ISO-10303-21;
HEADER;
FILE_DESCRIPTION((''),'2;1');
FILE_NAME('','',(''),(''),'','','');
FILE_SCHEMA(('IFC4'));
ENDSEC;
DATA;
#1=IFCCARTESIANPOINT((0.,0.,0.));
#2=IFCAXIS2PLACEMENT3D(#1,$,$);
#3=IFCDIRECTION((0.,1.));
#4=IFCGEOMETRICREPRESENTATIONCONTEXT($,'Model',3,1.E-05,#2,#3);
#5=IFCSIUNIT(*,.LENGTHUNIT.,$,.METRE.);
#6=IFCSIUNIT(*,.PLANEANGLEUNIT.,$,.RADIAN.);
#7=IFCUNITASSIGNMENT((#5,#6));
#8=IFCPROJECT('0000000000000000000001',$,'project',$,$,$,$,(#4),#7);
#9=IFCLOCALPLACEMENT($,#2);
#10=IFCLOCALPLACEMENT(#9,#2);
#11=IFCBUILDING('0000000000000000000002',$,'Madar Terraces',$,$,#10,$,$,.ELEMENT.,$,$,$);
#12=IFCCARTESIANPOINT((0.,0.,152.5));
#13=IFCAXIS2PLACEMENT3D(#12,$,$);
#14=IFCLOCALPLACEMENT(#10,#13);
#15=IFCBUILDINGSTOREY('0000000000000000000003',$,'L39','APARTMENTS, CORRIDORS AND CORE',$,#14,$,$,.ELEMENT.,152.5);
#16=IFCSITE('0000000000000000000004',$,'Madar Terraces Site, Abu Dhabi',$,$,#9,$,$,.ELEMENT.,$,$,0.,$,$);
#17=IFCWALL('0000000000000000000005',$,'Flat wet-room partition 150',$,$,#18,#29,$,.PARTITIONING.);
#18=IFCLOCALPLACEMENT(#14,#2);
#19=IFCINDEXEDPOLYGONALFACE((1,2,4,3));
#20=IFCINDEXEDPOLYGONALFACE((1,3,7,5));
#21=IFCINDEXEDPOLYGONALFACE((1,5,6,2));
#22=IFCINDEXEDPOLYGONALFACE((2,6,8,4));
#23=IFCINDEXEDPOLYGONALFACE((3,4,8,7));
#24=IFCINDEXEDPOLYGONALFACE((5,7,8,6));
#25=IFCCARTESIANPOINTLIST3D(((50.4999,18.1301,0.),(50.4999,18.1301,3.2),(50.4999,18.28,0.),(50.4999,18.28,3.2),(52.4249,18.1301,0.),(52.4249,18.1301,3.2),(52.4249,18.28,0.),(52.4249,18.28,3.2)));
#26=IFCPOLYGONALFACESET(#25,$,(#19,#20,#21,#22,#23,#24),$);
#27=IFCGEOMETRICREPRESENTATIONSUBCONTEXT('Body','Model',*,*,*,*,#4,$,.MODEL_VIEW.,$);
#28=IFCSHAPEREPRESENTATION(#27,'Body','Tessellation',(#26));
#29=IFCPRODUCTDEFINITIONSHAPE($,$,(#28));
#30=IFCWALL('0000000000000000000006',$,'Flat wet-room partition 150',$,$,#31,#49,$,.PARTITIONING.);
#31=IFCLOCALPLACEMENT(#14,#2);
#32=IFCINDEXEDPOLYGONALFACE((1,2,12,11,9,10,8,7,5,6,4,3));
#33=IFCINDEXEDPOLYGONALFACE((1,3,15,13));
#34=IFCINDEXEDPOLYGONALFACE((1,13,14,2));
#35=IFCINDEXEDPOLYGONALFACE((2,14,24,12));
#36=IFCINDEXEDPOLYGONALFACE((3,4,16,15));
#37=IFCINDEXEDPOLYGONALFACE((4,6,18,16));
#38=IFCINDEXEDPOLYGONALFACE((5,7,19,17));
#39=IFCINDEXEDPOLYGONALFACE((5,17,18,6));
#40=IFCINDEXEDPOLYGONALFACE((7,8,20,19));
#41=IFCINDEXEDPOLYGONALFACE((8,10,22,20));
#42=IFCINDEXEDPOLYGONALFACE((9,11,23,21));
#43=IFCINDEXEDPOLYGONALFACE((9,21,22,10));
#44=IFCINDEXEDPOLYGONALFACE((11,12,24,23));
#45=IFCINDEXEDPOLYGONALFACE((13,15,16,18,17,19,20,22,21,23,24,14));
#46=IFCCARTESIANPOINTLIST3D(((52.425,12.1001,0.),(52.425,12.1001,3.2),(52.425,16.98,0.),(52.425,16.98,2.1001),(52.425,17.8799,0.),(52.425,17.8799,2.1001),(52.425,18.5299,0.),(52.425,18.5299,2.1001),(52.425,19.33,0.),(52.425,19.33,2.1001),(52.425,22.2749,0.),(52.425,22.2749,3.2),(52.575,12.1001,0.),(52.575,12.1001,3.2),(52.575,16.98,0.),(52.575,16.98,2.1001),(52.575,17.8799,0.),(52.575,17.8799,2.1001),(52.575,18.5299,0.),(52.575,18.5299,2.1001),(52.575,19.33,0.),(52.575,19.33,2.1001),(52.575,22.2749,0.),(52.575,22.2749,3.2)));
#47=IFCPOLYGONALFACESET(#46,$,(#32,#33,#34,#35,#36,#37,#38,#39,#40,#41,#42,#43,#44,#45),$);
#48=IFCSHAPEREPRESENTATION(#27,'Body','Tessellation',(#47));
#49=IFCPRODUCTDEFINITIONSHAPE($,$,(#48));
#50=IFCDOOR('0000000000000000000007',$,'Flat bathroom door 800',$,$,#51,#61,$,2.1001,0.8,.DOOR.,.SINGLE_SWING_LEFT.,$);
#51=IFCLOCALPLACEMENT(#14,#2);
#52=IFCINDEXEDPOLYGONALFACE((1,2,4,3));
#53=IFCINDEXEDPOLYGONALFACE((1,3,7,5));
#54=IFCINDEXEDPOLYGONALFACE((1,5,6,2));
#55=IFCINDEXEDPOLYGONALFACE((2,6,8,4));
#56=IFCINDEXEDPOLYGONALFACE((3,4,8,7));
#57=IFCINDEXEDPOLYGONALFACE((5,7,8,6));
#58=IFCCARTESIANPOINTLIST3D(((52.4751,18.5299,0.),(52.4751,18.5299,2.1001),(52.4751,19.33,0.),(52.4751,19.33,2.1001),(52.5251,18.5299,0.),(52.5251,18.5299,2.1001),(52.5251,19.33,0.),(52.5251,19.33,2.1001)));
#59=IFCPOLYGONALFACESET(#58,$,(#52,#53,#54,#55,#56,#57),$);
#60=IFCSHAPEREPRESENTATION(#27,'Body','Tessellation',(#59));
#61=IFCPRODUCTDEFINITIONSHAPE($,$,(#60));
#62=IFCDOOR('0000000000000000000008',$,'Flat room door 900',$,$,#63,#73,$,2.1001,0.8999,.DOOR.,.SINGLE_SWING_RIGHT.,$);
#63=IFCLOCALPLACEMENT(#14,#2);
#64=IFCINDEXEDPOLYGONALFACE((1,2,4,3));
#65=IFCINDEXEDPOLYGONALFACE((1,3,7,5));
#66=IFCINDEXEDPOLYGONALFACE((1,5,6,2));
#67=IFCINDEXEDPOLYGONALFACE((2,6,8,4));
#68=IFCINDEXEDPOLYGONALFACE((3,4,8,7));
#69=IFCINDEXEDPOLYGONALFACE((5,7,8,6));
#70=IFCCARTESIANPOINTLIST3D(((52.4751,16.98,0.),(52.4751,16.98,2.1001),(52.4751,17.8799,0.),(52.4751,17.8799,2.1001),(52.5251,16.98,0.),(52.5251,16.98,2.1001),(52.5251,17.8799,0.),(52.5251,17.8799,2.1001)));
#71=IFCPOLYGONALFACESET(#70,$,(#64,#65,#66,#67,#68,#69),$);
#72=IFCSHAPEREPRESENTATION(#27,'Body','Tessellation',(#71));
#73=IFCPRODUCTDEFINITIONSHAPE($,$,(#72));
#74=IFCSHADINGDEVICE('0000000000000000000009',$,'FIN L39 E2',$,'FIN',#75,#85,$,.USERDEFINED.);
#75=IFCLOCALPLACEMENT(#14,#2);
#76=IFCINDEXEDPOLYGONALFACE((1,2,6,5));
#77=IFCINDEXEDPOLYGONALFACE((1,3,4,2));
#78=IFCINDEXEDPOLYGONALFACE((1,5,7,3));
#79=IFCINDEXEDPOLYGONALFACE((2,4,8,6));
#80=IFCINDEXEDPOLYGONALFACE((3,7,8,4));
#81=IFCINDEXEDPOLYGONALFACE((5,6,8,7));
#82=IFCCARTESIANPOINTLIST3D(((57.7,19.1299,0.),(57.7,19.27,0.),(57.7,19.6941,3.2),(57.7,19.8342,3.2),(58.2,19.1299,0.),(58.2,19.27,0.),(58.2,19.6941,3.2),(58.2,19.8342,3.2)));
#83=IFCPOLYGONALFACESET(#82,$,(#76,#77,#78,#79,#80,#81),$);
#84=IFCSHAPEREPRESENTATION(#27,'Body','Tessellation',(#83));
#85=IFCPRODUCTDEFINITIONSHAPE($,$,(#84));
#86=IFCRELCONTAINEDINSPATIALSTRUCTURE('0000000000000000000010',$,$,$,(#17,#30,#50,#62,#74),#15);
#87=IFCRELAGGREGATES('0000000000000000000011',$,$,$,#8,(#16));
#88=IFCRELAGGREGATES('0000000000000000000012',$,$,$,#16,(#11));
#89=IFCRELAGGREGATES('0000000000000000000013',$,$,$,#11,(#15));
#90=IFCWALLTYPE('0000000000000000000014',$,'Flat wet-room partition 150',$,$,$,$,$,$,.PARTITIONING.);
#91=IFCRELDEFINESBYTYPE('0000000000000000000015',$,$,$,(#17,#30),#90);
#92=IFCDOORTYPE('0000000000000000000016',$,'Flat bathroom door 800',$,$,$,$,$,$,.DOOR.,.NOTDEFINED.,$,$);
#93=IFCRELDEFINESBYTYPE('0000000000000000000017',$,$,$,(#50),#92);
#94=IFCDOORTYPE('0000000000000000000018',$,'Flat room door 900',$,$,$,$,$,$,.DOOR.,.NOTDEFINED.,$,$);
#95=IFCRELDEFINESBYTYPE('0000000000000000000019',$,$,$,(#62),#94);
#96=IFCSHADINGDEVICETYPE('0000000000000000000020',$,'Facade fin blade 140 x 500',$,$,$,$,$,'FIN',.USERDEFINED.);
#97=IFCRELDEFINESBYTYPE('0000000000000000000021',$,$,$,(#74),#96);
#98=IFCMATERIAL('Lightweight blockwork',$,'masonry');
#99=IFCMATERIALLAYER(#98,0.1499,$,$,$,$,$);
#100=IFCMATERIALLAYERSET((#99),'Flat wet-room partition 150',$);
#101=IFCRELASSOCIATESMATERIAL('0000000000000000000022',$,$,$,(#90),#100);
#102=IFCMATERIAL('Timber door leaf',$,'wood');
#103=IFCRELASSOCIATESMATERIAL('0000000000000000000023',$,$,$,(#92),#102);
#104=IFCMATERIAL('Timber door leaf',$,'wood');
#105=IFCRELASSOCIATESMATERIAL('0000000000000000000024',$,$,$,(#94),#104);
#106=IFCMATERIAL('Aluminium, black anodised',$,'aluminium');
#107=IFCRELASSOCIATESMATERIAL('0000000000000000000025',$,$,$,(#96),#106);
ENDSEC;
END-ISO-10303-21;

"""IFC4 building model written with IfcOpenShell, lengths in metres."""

from ifc_helpers import new_model, si_unit, direction, frame, frame_2d, origin, place, context, subcontext, project, spatial, polyline, rectangle, outline, extrude, material, layer, layer_set, type_object, element, fill, save


model = new_model("IFC4")

# Units and contexts
model_context = context("Model", 3, precision=1e-05, world=origin(), true_north=direction((0.0, 1.0)))
body_context = subcontext(model_context, "Body", "Model", "MODEL_VIEW")
ifc_project = project(units=[si_unit("LENGTHUNIT", "METRE"), si_unit("PLANEANGLEUNIT", "RADIAN")], contexts=[model_context])

# Site, building, storey
site_placement = place(None, origin())
site = spatial("IfcSite", under=ifc_project, at=site_placement, Name="Madar Terraces Site, Abu Dhabi", CompositionType="ELEMENT", RefElevation=0.0)
building_placement = place(site_placement, origin())
building = spatial("IfcBuilding", under=site, at=building_placement, Name="Madar Terraces", CompositionType="ELEMENT")
storey_placement = place(building_placement, frame((0.0, 0.0, 152.5)))
storey = spatial("IfcBuildingStorey", under=building, at=storey_placement, Name="L39", Description="APARTMENTS, CORRIDORS AND CORE", CompositionType="ELEMENT", Elevation=152.5)

# Wall
ifc_material_1 = material(Name="Lightweight blockwork", Category="masonry")
ifc_layer_1 = layer(ifc_material_1, 0.1499)
ifc_layer_set_1 = layer_set([ifc_layer_1], Name="Flat wet-room partition 150")
wall_type_1 = type_object("IfcWallType", Name="Flat wet-room partition 150", PredefinedType="PARTITIONING", material=ifc_layer_set_1)
wall_1_placement = place(storey_placement, frame((50.5, 18.2051, 0.0), z_axis=(0.0, 0.0, 1.0), x_axis=(1.0, 0.0, 0.0)))
element("IfcWall", 1, at=wall_1_placement, inside=storey, type_object=wall_type_1, Name="Flat wet-room partition 150", PredefinedType="PARTITIONING", context=body_context, shape_type="SweptSolid", body=[
    extrude(rectangle(XDim=1.925, YDim=0.1499, at=frame_2d((0.9624, 0.0))), origin(), (0.0, 0.0, 1.0), 3.2),
])

# Wall, openings, doors
wall_2_placement = place(storey_placement, frame((52.5, 12.1001, 0.0), z_axis=(0.0, 0.0, 1.0), x_axis=(0.0, 1.0, 0.0)))
wall_2 = element("IfcWall", 2, at=wall_2_placement, inside=storey, type_object=wall_type_1, Name="Flat wet-room partition 150", PredefinedType="PARTITIONING", context=body_context, shape_type="SweptSolid", body=[
    extrude(rectangle(XDim=10.1748, YDim=0.1499, at=frame_2d((5.0874, 0.0))), origin(), (0.0, 0.0, 1.0), 3.2),
])
opening_1_placement = place(wall_2_placement, frame((6.4299, 0.0, 0.0)))
opening_1 = element("IfcOpeningElement", 3, at=opening_1_placement, cuts=wall_2, PredefinedType="OPENING", context=body_context, shape_type="SweptSolid", body=[
    extrude(rectangle(XDim=0.8, YDim=2.1001, at=frame_2d((0.3999, 1.05))), frame((0.0, 0.085, 0.0), z_axis=(0.0, -1.0, 0.0), x_axis=(1.0, 0.0, 0.0)), (0.0, 0.0, 1.0), 0.1699),
])
opening_2_placement = place(wall_2_placement, frame((4.8799, 0.0, 0.0)))
opening_2 = element("IfcOpeningElement", 4, at=opening_2_placement, cuts=wall_2, PredefinedType="OPENING", context=body_context, shape_type="SweptSolid", body=[
    extrude(rectangle(XDim=0.8999, YDim=2.1001, at=frame_2d((0.45, 1.05))), frame((0.0, 0.085, 0.0), z_axis=(0.0, -1.0, 0.0), x_axis=(1.0, 0.0, 0.0)), (0.0, 0.0, 1.0), 0.1699),
])
ifc_material_2 = material(Name="Timber door leaf", Category="wood")
door_type_1 = type_object("IfcDoorType", Name="Flat bathroom door 800", OperationType="NOTDEFINED", PredefinedType="DOOR", material=ifc_material_2)
door_1_placement = place(opening_1_placement, origin())
door_1 = element("IfcDoor", 5, at=door_1_placement, inside=storey, type_object=door_type_1, Name="Flat bathroom door 800", OperationType="SINGLE_SWING_LEFT", OverallHeight=2.1001, OverallWidth=0.8, PredefinedType="DOOR", context=body_context, shape_type="SweptSolid", body=[
    extrude(rectangle(XDim=0.8, YDim=2.1001, at=frame_2d((0.3999, 1.05))), frame((0.0, 0.0249, 0.0), z_axis=(0.0, -1.0, 0.0), x_axis=(1.0, 0.0, 0.0)), (0.0, 0.0, 1.0), 0.05),
])
fill(opening_1, door_1)
ifc_material_3 = material(Name="Timber door leaf", Category="wood")
door_type_2 = type_object("IfcDoorType", Name="Flat room door 900", OperationType="NOTDEFINED", PredefinedType="DOOR", material=ifc_material_3)
door_2_placement = place(opening_2_placement, origin())
door_2 = element("IfcDoor", 6, at=door_2_placement, inside=storey, type_object=door_type_2, Name="Flat room door 900", OperationType="SINGLE_SWING_RIGHT", OverallHeight=2.1001, OverallWidth=0.8999, PredefinedType="DOOR", context=body_context, shape_type="SweptSolid", body=[
    extrude(rectangle(XDim=0.8999, YDim=2.1001, at=frame_2d((0.45, 1.05))), frame((0.0, 0.0249, 0.0), z_axis=(0.0, -1.0, 0.0), x_axis=(1.0, 0.0, 0.0)), (0.0, 0.0, 1.0), 0.05),
])
fill(opening_2, door_2)

# Shading device
ifc_material_4 = material(Name="Aluminium, black anodised", Category="aluminium")
shading_device_type = type_object("IfcShadingDeviceType", Name="Facade fin blade 140 x 500", ElementType="FIN", PredefinedType="USERDEFINED", material=ifc_material_4)
shading_device_placement = place(storey_placement, frame((57.95, 19.1299, 0.0), z_axis=(0.0, 0.0, 1.0), x_axis=(0.0, 1.0, 0.0)))
element("IfcShadingDevice", 7, at=shading_device_placement, inside=storey, type_object=shading_device_type, Name="FIN L39 E2", ObjectType="FIN", PredefinedType="USERDEFINED", context=body_context, shape_type="SweptSolid", body=[
    extrude(outline(polyline([(0.0, 0.0), (0.1401, 0.0), (0.7043, 3.2), (0.5642, 3.2), (0.0, 0.0)])), frame((0.0, 0.25, 0.0), z_axis=(0.0, -1.0, 0.0), x_axis=(1.0, 0.0, 0.0)), (0.0, 0.0, 1.0), 0.5),
])

save(model, "model.ifc")
